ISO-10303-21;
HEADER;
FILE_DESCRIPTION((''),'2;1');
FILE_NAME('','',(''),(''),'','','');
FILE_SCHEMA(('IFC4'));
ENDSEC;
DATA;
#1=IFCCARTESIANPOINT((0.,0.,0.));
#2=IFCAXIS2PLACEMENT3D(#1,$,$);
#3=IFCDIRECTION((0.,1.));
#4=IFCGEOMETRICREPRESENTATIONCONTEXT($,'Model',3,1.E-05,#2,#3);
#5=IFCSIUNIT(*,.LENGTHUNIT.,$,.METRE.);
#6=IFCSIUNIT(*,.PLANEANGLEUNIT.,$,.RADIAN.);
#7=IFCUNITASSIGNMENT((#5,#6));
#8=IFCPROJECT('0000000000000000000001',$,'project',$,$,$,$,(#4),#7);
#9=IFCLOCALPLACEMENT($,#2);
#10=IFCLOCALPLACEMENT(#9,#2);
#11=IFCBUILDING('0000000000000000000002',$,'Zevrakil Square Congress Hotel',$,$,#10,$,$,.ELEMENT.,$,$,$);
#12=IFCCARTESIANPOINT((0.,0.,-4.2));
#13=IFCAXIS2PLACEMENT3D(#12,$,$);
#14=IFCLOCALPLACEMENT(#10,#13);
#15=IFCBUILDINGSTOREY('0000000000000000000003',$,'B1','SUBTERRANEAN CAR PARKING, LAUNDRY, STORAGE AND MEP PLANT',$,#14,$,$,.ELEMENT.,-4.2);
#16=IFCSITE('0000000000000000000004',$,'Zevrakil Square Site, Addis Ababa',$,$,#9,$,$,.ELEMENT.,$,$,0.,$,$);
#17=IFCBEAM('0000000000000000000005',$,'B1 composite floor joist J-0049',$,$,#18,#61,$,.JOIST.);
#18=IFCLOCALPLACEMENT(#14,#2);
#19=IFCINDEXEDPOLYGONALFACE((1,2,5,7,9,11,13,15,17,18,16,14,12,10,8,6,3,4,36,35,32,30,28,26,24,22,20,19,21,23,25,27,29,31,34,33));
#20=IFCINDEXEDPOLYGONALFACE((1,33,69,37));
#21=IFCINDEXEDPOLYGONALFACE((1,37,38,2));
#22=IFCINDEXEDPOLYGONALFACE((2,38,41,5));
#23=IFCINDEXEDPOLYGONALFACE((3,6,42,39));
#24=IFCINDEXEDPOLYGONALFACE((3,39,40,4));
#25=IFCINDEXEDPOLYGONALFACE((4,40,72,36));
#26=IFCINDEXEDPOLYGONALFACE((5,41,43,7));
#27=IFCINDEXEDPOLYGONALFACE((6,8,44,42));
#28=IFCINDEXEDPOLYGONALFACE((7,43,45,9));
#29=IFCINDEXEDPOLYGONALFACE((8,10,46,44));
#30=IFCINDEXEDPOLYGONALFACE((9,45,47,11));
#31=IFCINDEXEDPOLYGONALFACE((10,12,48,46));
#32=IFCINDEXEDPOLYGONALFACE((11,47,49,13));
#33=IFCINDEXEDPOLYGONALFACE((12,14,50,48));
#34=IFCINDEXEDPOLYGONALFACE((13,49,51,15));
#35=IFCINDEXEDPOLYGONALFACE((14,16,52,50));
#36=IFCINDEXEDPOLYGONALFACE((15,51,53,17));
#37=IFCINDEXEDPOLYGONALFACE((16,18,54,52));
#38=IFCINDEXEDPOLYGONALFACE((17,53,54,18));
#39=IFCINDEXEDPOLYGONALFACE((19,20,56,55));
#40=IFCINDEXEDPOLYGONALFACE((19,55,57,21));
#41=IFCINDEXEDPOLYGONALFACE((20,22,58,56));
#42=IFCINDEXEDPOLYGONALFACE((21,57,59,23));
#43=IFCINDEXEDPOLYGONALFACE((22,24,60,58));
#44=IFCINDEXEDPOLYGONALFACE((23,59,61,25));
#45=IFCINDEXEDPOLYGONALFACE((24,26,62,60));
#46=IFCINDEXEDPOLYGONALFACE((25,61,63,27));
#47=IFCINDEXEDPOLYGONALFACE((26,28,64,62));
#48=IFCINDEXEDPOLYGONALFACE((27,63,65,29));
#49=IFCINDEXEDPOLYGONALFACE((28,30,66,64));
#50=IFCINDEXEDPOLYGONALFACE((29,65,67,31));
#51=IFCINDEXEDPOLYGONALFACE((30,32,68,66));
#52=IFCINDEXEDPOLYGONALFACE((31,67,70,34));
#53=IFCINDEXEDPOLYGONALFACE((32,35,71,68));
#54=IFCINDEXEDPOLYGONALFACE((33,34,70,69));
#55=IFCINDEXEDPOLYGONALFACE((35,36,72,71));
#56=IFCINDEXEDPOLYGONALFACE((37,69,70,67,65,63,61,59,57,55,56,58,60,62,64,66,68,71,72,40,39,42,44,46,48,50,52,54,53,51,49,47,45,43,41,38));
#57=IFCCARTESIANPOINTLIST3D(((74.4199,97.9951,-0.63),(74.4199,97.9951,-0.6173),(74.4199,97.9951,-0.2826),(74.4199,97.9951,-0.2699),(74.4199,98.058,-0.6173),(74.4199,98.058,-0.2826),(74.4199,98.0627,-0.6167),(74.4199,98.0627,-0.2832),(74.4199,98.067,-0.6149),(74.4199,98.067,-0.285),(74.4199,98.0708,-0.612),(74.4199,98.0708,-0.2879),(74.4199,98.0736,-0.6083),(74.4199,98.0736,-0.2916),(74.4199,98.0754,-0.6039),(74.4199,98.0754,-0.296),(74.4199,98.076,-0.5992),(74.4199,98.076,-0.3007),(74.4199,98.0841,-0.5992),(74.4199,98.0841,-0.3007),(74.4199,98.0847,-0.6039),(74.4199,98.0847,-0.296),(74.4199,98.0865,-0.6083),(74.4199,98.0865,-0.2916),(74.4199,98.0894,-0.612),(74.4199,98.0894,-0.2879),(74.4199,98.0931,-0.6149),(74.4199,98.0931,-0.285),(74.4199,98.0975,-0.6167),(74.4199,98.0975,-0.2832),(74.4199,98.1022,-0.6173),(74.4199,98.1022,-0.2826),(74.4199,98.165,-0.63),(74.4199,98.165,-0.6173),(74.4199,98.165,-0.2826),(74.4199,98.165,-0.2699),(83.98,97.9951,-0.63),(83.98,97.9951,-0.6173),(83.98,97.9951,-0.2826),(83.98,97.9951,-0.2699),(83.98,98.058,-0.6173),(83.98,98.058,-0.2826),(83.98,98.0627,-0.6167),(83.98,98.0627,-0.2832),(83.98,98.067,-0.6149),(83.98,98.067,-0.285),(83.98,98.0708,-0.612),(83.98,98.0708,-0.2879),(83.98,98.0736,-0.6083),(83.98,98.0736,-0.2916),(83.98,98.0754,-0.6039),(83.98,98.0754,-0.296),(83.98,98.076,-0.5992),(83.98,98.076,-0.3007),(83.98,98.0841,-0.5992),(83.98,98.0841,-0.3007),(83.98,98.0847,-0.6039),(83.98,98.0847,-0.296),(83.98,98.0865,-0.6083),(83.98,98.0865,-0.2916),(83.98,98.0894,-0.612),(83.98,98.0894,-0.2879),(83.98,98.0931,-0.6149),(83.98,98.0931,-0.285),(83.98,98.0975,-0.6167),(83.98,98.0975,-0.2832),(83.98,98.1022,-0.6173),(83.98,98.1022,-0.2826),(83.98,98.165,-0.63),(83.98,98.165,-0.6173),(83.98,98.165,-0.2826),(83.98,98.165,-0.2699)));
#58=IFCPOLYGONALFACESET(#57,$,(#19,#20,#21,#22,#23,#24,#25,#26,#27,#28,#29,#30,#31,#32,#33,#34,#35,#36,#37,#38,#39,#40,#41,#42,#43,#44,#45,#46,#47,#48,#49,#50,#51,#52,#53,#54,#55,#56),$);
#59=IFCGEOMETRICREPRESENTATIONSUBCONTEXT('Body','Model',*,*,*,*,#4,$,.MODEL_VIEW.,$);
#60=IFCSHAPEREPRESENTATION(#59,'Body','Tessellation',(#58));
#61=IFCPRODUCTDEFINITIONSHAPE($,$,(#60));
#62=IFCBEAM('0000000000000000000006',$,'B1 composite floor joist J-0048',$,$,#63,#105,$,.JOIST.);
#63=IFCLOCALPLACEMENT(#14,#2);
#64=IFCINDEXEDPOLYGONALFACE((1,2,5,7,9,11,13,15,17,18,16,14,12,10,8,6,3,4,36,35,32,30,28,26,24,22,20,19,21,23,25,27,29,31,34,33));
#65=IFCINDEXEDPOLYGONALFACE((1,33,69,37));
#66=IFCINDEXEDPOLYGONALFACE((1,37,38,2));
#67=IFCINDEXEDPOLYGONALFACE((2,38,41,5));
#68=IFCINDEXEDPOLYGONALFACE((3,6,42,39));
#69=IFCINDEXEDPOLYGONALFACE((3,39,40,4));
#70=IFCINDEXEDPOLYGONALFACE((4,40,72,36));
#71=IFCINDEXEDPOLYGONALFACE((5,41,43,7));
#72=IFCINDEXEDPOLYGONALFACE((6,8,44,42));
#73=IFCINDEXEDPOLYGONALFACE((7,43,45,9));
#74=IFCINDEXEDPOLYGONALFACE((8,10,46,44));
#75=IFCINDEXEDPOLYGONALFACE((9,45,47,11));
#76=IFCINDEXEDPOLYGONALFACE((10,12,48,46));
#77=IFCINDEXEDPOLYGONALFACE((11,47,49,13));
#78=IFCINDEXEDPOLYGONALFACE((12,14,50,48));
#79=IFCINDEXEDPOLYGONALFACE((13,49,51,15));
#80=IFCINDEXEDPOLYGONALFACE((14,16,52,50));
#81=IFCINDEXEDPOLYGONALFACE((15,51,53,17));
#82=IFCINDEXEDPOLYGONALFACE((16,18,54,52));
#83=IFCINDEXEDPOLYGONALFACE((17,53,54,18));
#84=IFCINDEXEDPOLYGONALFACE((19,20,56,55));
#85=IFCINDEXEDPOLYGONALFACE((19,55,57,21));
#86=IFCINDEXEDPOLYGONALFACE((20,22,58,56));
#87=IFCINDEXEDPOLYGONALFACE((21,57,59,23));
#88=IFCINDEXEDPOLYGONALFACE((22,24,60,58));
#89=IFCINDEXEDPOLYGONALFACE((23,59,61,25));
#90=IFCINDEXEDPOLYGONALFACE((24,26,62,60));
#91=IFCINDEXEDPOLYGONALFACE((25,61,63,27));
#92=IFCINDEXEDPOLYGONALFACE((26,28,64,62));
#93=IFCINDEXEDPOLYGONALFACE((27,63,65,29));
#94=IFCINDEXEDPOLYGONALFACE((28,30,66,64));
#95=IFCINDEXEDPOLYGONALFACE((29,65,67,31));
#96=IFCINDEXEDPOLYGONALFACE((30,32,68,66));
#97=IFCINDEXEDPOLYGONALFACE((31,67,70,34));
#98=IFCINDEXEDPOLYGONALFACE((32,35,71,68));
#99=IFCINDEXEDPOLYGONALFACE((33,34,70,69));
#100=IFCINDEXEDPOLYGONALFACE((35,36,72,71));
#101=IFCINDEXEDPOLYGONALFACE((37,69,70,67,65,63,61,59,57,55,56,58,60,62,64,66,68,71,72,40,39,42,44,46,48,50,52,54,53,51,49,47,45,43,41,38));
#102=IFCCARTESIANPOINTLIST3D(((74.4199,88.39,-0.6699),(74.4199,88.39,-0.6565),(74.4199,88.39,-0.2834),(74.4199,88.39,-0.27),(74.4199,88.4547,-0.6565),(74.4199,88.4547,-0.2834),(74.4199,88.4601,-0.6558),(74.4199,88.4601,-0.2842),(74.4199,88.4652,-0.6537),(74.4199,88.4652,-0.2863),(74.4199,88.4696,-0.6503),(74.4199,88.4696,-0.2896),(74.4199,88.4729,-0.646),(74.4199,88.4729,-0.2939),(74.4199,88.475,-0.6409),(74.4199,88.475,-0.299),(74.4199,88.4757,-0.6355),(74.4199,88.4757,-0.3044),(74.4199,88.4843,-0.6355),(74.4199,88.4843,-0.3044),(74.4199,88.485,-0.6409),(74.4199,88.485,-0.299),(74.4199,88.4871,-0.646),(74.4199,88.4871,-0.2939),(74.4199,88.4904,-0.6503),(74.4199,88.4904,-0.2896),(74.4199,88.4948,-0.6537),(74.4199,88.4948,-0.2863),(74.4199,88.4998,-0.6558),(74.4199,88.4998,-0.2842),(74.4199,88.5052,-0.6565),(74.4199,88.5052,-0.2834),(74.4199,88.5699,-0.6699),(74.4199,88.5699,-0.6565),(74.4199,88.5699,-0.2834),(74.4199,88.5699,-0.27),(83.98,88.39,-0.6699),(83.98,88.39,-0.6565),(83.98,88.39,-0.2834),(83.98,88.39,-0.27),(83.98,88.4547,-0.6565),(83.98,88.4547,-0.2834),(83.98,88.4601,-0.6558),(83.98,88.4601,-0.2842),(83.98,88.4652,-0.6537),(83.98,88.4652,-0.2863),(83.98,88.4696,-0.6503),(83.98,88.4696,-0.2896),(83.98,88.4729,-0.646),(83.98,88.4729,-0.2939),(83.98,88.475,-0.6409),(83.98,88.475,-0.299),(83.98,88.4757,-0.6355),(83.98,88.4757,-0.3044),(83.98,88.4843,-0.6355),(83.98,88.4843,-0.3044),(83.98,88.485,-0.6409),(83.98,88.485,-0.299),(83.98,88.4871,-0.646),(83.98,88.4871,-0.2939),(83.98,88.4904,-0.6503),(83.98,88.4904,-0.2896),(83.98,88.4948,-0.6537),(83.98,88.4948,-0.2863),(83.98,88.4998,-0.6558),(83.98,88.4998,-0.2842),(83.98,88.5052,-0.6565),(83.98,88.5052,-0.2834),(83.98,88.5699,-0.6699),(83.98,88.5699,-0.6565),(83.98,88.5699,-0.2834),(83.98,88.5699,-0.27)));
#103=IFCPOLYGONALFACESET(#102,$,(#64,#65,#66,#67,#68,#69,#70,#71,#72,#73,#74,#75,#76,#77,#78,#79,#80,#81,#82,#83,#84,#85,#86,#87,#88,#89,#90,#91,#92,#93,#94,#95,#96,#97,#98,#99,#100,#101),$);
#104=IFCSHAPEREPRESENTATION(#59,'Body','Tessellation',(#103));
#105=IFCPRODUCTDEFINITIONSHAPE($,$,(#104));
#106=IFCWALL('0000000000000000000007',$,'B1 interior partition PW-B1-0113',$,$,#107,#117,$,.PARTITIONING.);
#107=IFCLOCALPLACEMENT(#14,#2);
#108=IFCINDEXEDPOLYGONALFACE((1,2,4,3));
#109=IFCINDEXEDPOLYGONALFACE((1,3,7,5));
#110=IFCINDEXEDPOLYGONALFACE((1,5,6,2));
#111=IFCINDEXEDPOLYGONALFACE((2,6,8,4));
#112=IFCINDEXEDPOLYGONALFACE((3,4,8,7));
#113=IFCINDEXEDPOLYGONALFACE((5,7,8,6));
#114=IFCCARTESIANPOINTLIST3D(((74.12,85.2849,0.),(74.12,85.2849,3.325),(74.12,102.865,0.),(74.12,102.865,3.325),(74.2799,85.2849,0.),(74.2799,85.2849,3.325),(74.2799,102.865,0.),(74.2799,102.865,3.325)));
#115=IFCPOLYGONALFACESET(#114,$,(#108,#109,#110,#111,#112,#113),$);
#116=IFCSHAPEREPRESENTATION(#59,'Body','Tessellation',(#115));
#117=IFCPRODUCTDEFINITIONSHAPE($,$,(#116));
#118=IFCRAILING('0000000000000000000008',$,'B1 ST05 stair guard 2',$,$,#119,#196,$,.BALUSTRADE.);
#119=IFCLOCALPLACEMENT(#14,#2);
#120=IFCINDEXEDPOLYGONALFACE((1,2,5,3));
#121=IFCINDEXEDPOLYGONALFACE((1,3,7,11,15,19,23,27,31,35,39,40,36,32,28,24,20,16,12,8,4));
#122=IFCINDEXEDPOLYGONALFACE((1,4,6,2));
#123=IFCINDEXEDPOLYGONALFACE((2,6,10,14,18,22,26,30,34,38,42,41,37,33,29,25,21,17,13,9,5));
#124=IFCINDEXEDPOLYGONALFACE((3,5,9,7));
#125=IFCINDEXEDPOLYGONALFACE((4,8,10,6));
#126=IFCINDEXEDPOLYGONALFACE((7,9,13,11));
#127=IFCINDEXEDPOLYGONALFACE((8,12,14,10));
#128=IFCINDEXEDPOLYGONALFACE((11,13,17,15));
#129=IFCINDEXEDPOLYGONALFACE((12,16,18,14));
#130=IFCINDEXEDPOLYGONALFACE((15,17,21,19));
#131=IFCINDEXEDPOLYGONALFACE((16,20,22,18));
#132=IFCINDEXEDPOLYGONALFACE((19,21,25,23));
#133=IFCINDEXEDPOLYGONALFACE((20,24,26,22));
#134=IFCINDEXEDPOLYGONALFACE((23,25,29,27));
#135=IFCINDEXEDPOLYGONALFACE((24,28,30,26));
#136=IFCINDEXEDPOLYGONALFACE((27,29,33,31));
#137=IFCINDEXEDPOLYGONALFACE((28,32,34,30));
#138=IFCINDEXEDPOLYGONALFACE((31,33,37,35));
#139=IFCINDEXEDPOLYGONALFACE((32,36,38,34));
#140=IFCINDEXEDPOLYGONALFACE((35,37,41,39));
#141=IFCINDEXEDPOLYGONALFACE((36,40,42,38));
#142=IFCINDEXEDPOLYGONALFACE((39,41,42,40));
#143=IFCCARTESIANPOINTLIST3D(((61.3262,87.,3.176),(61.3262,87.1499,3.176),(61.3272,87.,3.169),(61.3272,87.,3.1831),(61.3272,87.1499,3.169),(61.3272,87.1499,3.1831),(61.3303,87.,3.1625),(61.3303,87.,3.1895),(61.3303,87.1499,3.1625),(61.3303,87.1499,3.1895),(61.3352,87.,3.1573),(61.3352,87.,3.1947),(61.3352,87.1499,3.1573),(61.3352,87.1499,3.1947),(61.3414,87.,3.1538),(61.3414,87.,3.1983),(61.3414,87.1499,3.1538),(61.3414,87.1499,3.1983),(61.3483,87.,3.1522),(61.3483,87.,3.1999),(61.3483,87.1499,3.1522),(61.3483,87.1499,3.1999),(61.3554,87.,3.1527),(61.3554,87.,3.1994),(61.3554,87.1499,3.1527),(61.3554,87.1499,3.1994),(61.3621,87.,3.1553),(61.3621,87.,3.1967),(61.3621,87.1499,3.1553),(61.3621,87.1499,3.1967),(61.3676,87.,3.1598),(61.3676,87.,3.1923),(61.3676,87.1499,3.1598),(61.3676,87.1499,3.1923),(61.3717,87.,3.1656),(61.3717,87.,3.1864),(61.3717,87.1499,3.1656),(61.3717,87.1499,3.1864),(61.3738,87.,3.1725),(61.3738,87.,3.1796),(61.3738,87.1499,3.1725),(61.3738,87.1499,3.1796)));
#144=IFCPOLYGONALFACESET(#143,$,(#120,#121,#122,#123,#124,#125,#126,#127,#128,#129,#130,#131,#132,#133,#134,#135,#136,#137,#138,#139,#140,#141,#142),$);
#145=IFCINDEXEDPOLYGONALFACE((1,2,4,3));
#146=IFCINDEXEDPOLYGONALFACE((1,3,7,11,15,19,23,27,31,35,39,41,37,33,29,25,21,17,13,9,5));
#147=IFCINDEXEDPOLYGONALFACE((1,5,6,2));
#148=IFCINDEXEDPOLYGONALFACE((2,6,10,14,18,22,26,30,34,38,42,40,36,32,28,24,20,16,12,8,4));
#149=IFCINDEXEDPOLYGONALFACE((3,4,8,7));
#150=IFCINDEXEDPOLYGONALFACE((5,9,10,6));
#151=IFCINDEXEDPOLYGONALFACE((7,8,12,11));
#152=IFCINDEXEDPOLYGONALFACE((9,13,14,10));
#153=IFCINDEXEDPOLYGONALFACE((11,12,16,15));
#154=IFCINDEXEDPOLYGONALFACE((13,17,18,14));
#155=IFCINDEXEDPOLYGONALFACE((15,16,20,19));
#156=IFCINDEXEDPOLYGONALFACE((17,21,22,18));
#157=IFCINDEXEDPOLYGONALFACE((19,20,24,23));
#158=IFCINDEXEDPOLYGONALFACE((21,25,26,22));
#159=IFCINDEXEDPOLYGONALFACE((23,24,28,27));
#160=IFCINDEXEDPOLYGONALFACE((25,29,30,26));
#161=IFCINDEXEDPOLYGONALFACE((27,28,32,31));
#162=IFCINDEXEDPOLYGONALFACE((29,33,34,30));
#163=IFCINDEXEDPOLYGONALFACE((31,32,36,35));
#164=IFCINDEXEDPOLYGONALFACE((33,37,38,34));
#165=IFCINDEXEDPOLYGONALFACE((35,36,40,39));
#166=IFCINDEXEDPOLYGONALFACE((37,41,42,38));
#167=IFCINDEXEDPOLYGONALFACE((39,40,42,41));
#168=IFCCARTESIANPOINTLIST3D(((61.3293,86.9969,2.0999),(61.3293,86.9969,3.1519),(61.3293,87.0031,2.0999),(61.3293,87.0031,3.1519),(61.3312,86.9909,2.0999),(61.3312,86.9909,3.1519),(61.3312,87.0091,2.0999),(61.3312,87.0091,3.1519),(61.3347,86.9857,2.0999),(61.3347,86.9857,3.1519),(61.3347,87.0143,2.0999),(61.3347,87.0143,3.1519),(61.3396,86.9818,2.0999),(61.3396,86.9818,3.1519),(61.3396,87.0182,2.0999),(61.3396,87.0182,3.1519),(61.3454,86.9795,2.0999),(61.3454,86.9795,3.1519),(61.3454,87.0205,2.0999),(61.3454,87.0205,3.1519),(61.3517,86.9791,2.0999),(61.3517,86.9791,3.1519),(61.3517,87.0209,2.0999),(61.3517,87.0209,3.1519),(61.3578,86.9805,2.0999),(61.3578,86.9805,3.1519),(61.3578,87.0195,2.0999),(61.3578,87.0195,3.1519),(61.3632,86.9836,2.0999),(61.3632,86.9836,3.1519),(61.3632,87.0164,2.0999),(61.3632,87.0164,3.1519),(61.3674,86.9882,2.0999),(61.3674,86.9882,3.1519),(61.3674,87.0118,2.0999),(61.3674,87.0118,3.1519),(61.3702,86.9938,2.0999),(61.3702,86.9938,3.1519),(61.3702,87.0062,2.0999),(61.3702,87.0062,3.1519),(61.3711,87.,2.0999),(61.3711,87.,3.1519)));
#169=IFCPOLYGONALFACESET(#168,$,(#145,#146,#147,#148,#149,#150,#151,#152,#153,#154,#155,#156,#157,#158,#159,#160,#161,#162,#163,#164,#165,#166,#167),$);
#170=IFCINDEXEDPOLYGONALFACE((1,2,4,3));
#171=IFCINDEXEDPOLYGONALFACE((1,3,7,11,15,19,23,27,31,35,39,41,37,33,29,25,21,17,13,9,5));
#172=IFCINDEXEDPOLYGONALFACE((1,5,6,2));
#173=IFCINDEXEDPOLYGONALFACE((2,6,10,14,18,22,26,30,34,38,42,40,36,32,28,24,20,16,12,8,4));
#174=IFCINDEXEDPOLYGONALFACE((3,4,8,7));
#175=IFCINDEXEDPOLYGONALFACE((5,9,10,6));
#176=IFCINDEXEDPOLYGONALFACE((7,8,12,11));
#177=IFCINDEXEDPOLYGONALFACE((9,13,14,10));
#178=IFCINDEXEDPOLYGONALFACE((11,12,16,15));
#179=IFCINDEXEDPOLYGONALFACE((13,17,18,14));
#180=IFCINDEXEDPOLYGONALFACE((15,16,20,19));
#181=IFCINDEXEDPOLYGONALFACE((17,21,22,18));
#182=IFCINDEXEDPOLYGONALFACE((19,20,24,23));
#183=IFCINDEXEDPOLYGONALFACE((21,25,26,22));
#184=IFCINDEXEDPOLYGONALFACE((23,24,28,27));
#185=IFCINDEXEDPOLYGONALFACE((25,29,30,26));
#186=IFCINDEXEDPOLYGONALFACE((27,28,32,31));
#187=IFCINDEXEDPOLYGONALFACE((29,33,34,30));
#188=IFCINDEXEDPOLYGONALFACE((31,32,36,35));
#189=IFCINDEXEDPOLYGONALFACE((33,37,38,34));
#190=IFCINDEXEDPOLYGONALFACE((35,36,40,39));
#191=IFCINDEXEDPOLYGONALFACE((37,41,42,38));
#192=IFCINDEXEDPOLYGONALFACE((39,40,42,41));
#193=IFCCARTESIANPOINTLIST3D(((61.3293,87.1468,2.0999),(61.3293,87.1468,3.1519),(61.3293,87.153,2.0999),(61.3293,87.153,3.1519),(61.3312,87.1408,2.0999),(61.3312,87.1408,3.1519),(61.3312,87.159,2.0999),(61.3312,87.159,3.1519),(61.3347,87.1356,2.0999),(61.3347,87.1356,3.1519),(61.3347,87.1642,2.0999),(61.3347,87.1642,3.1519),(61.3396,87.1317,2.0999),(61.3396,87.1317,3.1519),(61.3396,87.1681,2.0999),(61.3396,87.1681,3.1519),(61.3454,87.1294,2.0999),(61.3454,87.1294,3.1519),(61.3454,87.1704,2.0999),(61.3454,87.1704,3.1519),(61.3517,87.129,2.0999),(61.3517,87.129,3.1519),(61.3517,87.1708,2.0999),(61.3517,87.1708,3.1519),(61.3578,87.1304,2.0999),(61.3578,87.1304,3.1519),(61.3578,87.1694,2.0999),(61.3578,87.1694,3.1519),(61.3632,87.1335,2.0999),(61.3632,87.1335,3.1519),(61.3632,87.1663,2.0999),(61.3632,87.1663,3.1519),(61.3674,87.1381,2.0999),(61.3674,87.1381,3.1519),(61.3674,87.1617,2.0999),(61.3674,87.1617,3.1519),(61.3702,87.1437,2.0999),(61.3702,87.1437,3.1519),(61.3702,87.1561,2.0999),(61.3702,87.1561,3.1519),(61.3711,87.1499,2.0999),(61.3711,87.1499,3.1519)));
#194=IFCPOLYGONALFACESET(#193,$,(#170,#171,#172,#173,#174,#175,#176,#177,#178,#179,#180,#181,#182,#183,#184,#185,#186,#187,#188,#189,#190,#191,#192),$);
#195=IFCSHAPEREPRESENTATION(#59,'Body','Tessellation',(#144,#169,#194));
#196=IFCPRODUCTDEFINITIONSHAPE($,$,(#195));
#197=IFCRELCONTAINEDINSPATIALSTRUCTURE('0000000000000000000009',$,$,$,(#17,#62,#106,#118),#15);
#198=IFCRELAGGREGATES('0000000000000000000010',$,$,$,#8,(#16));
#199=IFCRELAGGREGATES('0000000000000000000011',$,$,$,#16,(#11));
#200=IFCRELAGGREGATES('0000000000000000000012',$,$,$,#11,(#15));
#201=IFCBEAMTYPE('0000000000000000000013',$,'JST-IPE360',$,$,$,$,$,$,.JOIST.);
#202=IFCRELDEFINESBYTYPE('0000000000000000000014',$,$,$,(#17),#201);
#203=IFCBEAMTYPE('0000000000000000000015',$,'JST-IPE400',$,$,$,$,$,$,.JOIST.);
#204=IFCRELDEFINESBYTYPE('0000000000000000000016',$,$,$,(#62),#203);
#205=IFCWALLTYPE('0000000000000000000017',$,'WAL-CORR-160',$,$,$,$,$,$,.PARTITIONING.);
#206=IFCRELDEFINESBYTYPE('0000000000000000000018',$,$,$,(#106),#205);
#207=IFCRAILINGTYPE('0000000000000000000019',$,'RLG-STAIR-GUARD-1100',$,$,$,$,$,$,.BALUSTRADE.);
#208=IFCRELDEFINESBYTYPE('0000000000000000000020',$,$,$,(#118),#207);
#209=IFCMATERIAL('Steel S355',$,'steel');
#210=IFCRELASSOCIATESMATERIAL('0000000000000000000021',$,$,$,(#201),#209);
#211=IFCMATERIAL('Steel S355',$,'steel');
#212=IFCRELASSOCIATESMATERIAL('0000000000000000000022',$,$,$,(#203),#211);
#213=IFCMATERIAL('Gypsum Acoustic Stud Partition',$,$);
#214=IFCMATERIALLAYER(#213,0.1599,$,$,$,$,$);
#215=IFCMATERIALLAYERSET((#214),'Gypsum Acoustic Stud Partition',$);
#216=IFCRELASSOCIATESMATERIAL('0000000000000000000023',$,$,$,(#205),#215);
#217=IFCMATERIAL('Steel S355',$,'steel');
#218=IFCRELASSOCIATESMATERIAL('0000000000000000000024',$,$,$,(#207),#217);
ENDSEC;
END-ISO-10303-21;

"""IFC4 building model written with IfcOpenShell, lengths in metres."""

from ifc_helpers import new_model, si_unit, direction, frame, frame_2d, origin, origin_2d, place, context, subcontext, project, spatial, rectangle, circle, i_section, extrude, material, layer, layer_set, material_profile, profile_set, type_object, element, save


model = new_model("IFC4")

# Units and contexts
model_context = context("Model", 3, precision=1e-05, world=origin(), true_north=direction((0.0, 1.0)))
body_context = subcontext(model_context, "Body", "Model", "MODEL_VIEW")
ifc_project = project(units=[si_unit("LENGTHUNIT", "METRE"), si_unit("PLANEANGLEUNIT", "RADIAN")], contexts=[model_context])

# Site, building, storey
site_placement = place(None, origin())
site = spatial("IfcSite", under=ifc_project, at=site_placement, Name="Zevrakil Square Site, Addis Ababa", CompositionType="ELEMENT", RefElevation=0.0)
building_placement = place(site_placement, origin())
building = spatial("IfcBuilding", under=site, at=building_placement, Name="Zevrakil Square Congress Hotel", CompositionType="ELEMENT")
storey_placement = place(building_placement, frame((0.0, 0.0, -4.2)))
storey = spatial("IfcBuildingStorey", under=building, at=storey_placement, Name="B1", Description="SUBTERRANEAN CAR PARKING, LAUNDRY, STORAGE AND MEP PLANT", CompositionType="ELEMENT", Elevation=-4.2)

# Beams
ifc_material_1 = material(Name="Steel S355", Category="steel")
ifc_material_profile_1 = material_profile(ifc_material_1, i_section(OverallWidth=0.1699, OverallDepth=0.3601, WebThickness=0.0081, FlangeThickness=0.0127, FilletRadius=0.0181, at=origin_2d()), Name="IPE 360")
ifc_profile_set_1 = profile_set([ifc_material_profile_1], Name="Steel S355")
beam_type_1 = type_object("IfcBeamType", Name="JST-IPE360", PredefinedType="JOIST", material=ifc_profile_set_1)
beam_1_placement = place(storey_placement, frame((74.4199, 98.0801, -0.45), z_axis=(1.0, 0.0, 0.0), x_axis=(0.0, 1.0, 0.0)))
element("IfcBeam", 1, at=beam_1_placement, inside=storey, type_object=beam_type_1, Name="B1 composite floor joist J-0049", PredefinedType="JOIST", context=body_context, shape_type="SweptSolid", body=[
    extrude(i_section(OverallWidth=0.1699, OverallDepth=0.3601, WebThickness=0.0081, FlangeThickness=0.0127, FilletRadius=0.0181, at=origin_2d()), origin(), (0.0, 0.0, 1.0), 9.5601),
])
ifc_material_2 = material(Name="Steel S355", Category="steel")
ifc_material_profile_2 = material_profile(ifc_material_2, i_section(OverallWidth=0.1799, OverallDepth=0.3999, WebThickness=0.0085, FlangeThickness=0.0134, FilletRadius=0.021, at=origin_2d()), Name="IPE 400")
ifc_profile_set_2 = profile_set([ifc_material_profile_2], Name="Steel S355")
beam_type_2 = type_object("IfcBeamType", Name="JST-IPE400", PredefinedType="JOIST", material=ifc_profile_set_2)
beam_2_placement = place(storey_placement, frame((74.4199, 88.48, -0.47), z_axis=(1.0, 0.0, 0.0), x_axis=(0.0, 1.0, 0.0)))
element("IfcBeam", 2, at=beam_2_placement, inside=storey, type_object=beam_type_2, Name="B1 composite floor joist J-0048", PredefinedType="JOIST", context=body_context, shape_type="SweptSolid", body=[
    extrude(i_section(OverallWidth=0.1799, OverallDepth=0.3999, WebThickness=0.0085, FlangeThickness=0.0134, FilletRadius=0.021, at=origin_2d()), origin(), (0.0, 0.0, 1.0), 9.5601),
])

# Wall
ifc_material_3 = material(Name="Gypsum Acoustic Stud Partition")
ifc_layer = layer(ifc_material_3, 0.1599)
ifc_layer_set = layer_set([ifc_layer], Name="Gypsum Acoustic Stud Partition")
wall_type = type_object("IfcWallType", Name="WAL-CORR-160", PredefinedType="PARTITIONING", material=ifc_layer_set)
wall_placement = place(storey_placement, frame((74.2, 85.2849, 0.0), z_axis=(0.0, 0.0, 1.0), x_axis=(0.0, 1.0, 0.0)))
element("IfcWall", 3, at=wall_placement, inside=storey, type_object=wall_type, Name="B1 interior partition PW-B1-0113", PredefinedType="PARTITIONING", context=body_context, shape_type="SweptSolid", body=[
    extrude(rectangle(XDim=17.5801, YDim=0.1599, at=frame_2d((8.79, 0.0))), origin(), (0.0, 0.0, 1.0), 3.325),
])

# Railing
ifc_material_4 = material(Name="Steel S355", Category="steel")
railing_type = type_object("IfcRailingType", Name="RLG-STAIR-GUARD-1100", PredefinedType="BALUSTRADE", material=ifc_material_4)
railing_placement = place(storey_placement, frame((61.3501, 87.0, 2.0999)))
element("IfcRailing", 4, at=railing_placement, inside=storey, type_object=railing_type, Name="B1 ST05 stair guard 2", PredefinedType="BALUSTRADE", context=body_context, shape_type="SweptSolid", body=[
    extrude(circle(Radius=0.0239, at=origin_2d()), frame((0.0, 0.0, 1.0762), z_axis=(0.0, 1.0, 0.0), x_axis=(-1.0, 0.0, 0.0)), (0.0, 0.0, 1.0), 0.1499),
    extrude(circle(Radius=0.021, at=origin_2d()), origin(), (0.0, 0.0, 1.0), 1.052),
    extrude(circle(Radius=0.021, at=origin_2d()), frame((0.0, 0.1499, 0.0)), (0.0, 0.0, 1.0), 1.052),
])

save(model, "model.ifc")
